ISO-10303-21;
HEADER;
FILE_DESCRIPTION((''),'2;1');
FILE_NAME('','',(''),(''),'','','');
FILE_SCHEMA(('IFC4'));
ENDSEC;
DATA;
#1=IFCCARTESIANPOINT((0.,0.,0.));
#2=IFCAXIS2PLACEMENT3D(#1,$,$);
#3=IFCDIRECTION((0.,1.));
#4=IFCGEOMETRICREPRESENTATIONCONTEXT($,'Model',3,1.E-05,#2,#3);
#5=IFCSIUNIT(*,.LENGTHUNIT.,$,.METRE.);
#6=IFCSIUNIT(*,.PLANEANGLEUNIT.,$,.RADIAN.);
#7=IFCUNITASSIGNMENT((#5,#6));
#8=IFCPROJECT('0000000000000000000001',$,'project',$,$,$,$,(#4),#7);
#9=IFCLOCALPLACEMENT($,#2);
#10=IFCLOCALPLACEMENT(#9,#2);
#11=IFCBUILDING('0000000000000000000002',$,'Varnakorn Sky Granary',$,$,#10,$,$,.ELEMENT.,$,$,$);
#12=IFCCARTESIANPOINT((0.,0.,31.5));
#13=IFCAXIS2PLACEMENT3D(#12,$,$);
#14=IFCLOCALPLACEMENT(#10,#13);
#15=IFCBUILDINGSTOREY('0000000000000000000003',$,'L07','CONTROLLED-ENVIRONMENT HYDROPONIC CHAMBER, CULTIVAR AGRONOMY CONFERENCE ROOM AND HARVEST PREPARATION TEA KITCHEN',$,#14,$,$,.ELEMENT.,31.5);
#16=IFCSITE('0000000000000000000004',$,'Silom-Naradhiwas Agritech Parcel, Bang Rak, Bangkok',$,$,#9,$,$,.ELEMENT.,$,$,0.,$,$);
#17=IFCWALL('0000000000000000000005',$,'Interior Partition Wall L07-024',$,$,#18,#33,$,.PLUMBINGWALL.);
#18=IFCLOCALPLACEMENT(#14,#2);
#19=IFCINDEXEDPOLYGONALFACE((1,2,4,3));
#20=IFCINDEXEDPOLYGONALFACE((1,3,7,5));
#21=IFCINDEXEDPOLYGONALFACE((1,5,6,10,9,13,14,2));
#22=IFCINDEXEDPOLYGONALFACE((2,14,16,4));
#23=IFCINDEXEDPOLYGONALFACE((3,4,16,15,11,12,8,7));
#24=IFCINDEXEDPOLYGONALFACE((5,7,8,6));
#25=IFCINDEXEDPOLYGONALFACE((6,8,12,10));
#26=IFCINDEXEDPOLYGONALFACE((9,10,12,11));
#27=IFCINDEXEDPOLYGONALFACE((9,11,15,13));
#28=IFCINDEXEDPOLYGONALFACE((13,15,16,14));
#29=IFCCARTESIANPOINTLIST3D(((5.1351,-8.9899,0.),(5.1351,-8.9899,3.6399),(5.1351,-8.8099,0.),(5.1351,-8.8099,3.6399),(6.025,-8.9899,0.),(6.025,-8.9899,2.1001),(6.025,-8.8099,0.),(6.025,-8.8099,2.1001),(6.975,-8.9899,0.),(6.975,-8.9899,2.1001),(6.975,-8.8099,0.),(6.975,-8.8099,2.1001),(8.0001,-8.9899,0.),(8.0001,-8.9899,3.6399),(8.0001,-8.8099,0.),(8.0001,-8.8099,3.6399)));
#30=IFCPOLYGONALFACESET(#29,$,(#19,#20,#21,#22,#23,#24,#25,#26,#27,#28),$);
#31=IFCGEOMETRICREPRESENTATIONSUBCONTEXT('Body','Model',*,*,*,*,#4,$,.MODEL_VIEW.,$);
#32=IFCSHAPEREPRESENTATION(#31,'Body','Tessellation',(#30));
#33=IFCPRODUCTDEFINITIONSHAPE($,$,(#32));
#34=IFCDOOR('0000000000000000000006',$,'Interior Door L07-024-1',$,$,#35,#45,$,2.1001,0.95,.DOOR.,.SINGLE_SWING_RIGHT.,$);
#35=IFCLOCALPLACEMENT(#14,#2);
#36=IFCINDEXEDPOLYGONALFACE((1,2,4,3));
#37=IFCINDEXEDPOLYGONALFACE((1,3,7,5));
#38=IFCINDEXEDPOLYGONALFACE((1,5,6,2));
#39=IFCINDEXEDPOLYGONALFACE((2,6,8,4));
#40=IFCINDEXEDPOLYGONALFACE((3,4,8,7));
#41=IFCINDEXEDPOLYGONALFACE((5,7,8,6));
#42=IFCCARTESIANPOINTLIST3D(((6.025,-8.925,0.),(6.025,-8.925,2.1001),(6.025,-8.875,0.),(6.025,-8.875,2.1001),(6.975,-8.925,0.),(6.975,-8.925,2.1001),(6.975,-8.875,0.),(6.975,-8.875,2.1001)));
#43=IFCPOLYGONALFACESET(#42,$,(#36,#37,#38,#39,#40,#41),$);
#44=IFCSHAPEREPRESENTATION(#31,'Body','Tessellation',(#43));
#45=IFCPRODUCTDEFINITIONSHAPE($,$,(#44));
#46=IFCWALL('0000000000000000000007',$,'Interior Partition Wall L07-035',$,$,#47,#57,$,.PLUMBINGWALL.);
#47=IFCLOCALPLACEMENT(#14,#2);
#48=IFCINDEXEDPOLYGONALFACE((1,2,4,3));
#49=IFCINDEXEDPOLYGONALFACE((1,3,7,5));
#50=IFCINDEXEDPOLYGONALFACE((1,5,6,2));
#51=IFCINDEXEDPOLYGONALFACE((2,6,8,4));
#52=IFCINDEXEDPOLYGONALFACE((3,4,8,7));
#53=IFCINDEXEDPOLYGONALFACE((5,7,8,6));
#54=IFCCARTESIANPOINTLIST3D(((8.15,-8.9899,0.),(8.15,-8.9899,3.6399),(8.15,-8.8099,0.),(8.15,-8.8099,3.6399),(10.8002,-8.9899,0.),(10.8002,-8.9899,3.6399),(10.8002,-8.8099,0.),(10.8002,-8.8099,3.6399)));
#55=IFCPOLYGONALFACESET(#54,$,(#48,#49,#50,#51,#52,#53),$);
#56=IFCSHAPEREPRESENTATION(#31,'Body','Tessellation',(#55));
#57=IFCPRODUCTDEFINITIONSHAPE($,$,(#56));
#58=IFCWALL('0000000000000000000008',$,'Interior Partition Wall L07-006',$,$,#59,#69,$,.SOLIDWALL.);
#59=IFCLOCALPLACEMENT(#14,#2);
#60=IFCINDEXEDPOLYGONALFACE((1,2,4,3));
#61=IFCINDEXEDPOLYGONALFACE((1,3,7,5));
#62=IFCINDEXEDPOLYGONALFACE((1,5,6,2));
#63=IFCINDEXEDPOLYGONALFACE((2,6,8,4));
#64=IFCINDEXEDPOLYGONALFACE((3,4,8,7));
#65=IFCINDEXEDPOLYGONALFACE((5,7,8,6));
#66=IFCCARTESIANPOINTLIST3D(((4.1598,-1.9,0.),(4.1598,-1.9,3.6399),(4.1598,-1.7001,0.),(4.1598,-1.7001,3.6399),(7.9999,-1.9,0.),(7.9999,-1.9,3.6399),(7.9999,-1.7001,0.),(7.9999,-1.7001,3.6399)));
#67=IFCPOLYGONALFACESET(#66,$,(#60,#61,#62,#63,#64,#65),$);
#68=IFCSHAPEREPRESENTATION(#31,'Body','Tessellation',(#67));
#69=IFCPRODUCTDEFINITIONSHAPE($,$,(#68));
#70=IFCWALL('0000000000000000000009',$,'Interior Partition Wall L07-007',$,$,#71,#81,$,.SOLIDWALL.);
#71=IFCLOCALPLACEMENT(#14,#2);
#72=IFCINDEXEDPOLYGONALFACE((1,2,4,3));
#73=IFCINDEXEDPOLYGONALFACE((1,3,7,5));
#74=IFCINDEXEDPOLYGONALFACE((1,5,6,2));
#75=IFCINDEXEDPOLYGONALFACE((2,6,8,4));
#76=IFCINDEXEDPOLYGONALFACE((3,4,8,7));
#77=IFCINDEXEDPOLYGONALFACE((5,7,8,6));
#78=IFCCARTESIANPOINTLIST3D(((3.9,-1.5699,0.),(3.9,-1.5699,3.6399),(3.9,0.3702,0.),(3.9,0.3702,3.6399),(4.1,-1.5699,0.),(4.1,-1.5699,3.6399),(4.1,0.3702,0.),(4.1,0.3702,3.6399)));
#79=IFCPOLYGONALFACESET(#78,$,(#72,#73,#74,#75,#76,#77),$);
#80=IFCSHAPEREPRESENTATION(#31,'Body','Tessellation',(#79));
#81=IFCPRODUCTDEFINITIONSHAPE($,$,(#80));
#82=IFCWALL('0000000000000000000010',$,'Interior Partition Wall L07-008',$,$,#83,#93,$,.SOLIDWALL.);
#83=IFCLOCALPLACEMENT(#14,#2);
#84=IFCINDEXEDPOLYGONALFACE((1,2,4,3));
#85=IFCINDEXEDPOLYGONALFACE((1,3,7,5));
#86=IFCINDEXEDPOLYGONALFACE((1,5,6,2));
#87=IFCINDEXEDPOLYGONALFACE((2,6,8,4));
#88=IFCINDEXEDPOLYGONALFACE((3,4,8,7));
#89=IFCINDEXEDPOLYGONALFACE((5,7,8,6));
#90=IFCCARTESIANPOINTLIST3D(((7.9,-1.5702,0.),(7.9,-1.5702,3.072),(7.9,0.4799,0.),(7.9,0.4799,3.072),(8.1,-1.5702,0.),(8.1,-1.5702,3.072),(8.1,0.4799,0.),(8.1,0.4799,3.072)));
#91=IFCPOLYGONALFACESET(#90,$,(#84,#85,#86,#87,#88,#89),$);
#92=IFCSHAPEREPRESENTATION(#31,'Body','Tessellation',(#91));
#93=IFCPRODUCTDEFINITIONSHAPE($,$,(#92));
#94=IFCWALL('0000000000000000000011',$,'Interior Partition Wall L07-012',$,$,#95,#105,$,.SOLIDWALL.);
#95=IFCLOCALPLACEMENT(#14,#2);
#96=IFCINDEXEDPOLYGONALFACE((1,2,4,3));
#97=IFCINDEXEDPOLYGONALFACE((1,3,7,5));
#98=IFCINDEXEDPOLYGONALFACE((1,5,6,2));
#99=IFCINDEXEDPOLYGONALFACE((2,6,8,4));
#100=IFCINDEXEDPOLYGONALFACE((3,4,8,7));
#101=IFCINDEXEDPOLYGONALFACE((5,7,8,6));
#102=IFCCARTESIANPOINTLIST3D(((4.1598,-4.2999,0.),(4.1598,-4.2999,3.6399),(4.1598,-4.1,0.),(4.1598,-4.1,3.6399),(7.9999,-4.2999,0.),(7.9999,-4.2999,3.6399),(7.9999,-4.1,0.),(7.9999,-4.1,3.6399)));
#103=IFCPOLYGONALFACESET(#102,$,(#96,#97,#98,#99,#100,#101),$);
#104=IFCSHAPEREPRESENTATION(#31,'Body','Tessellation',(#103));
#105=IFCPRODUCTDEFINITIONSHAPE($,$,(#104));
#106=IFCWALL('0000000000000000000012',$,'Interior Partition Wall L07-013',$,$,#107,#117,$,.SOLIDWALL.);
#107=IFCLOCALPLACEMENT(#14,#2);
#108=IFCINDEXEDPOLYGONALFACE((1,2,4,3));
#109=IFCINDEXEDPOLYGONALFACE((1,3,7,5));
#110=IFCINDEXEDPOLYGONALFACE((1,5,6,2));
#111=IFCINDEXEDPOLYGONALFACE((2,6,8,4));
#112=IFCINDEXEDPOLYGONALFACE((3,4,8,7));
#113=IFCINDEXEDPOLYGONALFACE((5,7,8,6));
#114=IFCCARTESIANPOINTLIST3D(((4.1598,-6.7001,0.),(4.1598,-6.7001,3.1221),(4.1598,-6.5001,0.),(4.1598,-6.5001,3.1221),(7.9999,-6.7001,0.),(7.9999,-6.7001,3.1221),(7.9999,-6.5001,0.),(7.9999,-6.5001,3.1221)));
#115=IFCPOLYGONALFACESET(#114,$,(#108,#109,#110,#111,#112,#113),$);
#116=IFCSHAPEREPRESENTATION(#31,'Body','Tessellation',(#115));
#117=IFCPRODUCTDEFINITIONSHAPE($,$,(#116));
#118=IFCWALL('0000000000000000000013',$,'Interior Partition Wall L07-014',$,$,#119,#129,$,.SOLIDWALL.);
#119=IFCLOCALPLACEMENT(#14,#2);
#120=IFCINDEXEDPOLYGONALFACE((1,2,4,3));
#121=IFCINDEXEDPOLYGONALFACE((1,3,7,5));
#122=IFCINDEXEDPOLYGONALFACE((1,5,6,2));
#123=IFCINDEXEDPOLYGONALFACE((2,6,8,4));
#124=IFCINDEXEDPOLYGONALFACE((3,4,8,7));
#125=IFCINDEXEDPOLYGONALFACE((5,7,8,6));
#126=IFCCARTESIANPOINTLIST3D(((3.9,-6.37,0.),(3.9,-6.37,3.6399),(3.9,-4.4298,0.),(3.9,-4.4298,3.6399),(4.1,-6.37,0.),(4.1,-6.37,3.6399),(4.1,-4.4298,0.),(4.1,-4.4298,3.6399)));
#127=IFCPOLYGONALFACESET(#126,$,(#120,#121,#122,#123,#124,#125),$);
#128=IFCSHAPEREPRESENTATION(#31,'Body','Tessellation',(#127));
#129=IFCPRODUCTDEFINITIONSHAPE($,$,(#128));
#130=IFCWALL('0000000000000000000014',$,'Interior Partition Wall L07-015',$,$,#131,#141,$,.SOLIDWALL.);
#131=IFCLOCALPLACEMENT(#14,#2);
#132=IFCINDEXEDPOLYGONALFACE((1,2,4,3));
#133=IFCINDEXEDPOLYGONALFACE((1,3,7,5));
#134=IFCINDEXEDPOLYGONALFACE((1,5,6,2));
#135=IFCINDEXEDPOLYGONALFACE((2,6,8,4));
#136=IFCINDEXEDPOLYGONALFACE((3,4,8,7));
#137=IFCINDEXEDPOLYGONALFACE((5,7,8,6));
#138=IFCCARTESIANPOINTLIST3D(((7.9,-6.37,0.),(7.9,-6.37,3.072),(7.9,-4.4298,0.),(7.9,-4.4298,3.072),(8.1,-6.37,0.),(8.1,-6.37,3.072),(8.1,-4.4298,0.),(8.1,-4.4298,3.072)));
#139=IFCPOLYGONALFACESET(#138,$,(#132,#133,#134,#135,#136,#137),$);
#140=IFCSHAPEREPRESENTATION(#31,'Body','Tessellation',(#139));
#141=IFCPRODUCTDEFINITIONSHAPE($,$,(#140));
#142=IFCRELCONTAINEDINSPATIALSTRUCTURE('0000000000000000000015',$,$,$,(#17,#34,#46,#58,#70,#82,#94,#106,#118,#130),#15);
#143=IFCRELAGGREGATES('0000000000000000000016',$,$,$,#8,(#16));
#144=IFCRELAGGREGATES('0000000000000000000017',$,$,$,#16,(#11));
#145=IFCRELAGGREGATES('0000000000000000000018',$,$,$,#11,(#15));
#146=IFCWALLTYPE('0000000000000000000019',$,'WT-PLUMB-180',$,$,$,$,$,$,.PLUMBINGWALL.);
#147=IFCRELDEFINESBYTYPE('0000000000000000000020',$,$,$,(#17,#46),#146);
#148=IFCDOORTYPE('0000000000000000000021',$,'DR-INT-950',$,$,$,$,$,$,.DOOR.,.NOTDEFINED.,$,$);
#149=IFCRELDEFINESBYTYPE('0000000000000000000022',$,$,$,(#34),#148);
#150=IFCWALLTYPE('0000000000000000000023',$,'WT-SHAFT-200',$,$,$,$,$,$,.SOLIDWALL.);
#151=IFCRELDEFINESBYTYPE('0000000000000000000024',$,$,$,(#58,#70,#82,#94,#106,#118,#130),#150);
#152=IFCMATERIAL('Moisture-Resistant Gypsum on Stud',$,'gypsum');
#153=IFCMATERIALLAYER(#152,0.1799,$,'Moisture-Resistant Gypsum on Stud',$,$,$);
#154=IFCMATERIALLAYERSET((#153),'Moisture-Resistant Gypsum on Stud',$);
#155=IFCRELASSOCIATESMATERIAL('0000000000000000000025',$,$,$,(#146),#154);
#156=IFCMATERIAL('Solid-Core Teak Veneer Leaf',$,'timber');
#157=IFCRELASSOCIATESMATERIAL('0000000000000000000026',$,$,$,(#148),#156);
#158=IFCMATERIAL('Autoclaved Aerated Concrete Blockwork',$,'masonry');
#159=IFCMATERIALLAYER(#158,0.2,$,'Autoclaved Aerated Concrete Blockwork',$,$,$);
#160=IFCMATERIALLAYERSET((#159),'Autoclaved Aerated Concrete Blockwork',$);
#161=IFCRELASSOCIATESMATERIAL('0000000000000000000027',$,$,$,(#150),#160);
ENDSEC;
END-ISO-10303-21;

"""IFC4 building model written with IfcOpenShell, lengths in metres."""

from ifc_helpers import new_model, si_unit, direction, frame, frame_2d, origin, place, context, subcontext, project, spatial, rectangle, extrude, material, layer, layer_set, type_object, element, fill, save


model = new_model("IFC4")

# Units and contexts
model_context = context("Model", 3, precision=1e-05, world=origin(), true_north=direction((0.0, 1.0)))
body_context = subcontext(model_context, "Body", "Model", "MODEL_VIEW")
ifc_project = project(units=[si_unit("LENGTHUNIT", "METRE"), si_unit("PLANEANGLEUNIT", "RADIAN")], contexts=[model_context])

# Site, building, storey
site_placement = place(None, origin())
site = spatial("IfcSite", under=ifc_project, at=site_placement, Name="Silom-Naradhiwas Agritech Parcel, Bang Rak, Bangkok", CompositionType="ELEMENT", RefElevation=0.0)
building_placement = place(site_placement, origin())
building = spatial("IfcBuilding", under=site, at=building_placement, Name="Varnakorn Sky Granary", CompositionType="ELEMENT")
storey_placement = place(building_placement, frame((0.0, 0.0, 31.5)))
storey = spatial("IfcBuildingStorey", under=building, at=storey_placement, Name="L07", Description="CONTROLLED-ENVIRONMENT HYDROPONIC CHAMBER, CULTIVAR AGRONOMY CONFERENCE ROOM AND HARVEST PREPARATION TEA KITCHEN", CompositionType="ELEMENT", Elevation=31.5)

# Shared definitions
ifc_material_1 = material(Name="Autoclaved Aerated Concrete Blockwork", Category="masonry")

# Wall, opening, door
ifc_material_2 = material(Name="Moisture-Resistant Gypsum on Stud", Category="gypsum")
ifc_layer_1 = layer(ifc_material_2, 0.1799, Name="Moisture-Resistant Gypsum on Stud")
ifc_layer_set_1 = layer_set([ifc_layer_1], Name="Moisture-Resistant Gypsum on Stud")
wall_type_1 = type_object("IfcWallType", Name="WT-PLUMB-180", PredefinedType="PLUMBINGWALL", material=ifc_layer_set_1)
wall_1_placement = place(storey_placement, frame((5.135, -8.8999, 0.0), z_axis=(0.0, 0.0, 1.0), x_axis=(1.0, 0.0, 0.0)))
wall_1 = element("IfcWall", 1, at=wall_1_placement, inside=storey, type_object=wall_type_1, Name="Interior Partition Wall L07-024", PredefinedType="PLUMBINGWALL", context=body_context, shape_type="SweptSolid", body=[
    extrude(rectangle(XDim=2.865, YDim=0.1799, at=frame_2d((1.4326, 0.0))), origin(), (0.0, 0.0, 1.0), 3.6399),
])
opening_1_placement = place(wall_1_placement, frame((0.8899, 0.0, 0.0)))
opening_1 = element("IfcOpeningElement", 2, at=opening_1_placement, cuts=wall_1, PredefinedType="OPENING", context=body_context, shape_type="SweptSolid", body=[
    extrude(rectangle(XDim=0.95, YDim=2.1001, at=frame_2d((0.4751, 1.05))), frame((0.0, 0.1001, 0.0), z_axis=(0.0, -1.0, 0.0), x_axis=(1.0, 0.0, 0.0)), (0.0, 0.0, 1.0), 0.2),
])
ifc_material_3 = material(Name="Solid-Core Teak Veneer Leaf", Category="timber")
door_type_1 = type_object("IfcDoorType", Name="DR-INT-950", OperationType="NOTDEFINED", PredefinedType="DOOR", material=ifc_material_3)
door_1_placement = place(opening_1_placement, origin())
door_1 = element("IfcDoor", 3, at=door_1_placement, inside=storey, type_object=door_type_1, Name="Interior Door L07-024-1", OperationType="SINGLE_SWING_RIGHT", OverallHeight=2.1001, OverallWidth=0.95, PredefinedType="DOOR", context=body_context, shape_type="SweptSolid", body=[
    extrude(rectangle(XDim=0.95, YDim=2.1001, at=frame_2d((0.4751, 1.05))), frame((0.0, 0.0249, 0.0), z_axis=(0.0, -1.0, 0.0), x_axis=(1.0, 0.0, 0.0)), (0.0, 0.0, 1.0), 0.05),
])
fill(opening_1, door_1)

# Walls
wall_2_placement = place(storey_placement, frame((8.1499, -8.8999, 0.0), z_axis=(0.0, 0.0, 1.0), x_axis=(1.0, 0.0, 0.0)))
element("IfcWall", 4, at=wall_2_placement, inside=storey, type_object=wall_type_1, Name="Interior Partition Wall L07-035", PredefinedType="PLUMBINGWALL", context=body_context, shape_type="SweptSolid", body=[
    extrude(rectangle(XDim=2.6501, YDim=0.1799, at=frame_2d((1.3252, 0.0))), origin(), (0.0, 0.0, 1.0), 3.6399),
])
ifc_layer_2 = layer(ifc_material_1, 0.2, Name="Autoclaved Aerated Concrete Blockwork")
ifc_layer_set_2 = layer_set([ifc_layer_2], Name="Autoclaved Aerated Concrete Blockwork")
wall_type_2 = type_object("IfcWallType", Name="WT-SHAFT-200", PredefinedType="SOLIDWALL", material=ifc_layer_set_2)
wall_3_placement = place(storey_placement, frame((4.1599, -1.8, 0.0), z_axis=(0.0, 0.0, 1.0), x_axis=(1.0, 0.0, 0.0)))
element("IfcWall", 5, at=wall_3_placement, inside=storey, type_object=wall_type_2, Name="Interior Partition Wall L07-006", PredefinedType="SOLIDWALL", context=body_context, shape_type="SweptSolid", body=[
    extrude(rectangle(XDim=3.8401, YDim=0.2, at=frame_2d((1.9199, 0.0))), origin(), (0.0, 0.0, 1.0), 3.6399),
])
wall_4_placement = place(storey_placement, frame((4.0, -1.5701, 0.0), z_axis=(0.0, 0.0, 1.0), x_axis=(0.0, 1.0, 0.0)))
element("IfcWall", 6, at=wall_4_placement, inside=storey, type_object=wall_type_2, Name="Interior Partition Wall L07-007", PredefinedType="SOLIDWALL", context=body_context, shape_type="SweptSolid", body=[
    extrude(rectangle(XDim=1.9402, YDim=0.2, at=frame_2d((0.9702, 0.0))), origin(), (0.0, 0.0, 1.0), 3.6399),
])
wall_5_placement = place(storey_placement, frame((8.0, -1.5701, 0.0), z_axis=(0.0, 0.0, 1.0), x_axis=(0.0, 1.0, 0.0)))
element("IfcWall", 7, at=wall_5_placement, inside=storey, type_object=wall_type_2, Name="Interior Partition Wall L07-008", PredefinedType="SOLIDWALL", context=body_context, shape_type="SweptSolid", body=[
    extrude(rectangle(XDim=2.05, YDim=0.2, at=frame_2d((1.0249, 0.0))), origin(), (0.0, 0.0, 1.0), 3.072),
])
wall_6_placement = place(storey_placement, frame((4.1599, -4.2, 0.0), z_axis=(0.0, 0.0, 1.0), x_axis=(1.0, 0.0, 0.0)))
element("IfcWall", 8, at=wall_6_placement, inside=storey, type_object=wall_type_2, Name="Interior Partition Wall L07-012", PredefinedType="SOLIDWALL", context=body_context, shape_type="SweptSolid", body=[
    extrude(rectangle(XDim=3.8401, YDim=0.2, at=frame_2d((1.9199, 0.0))), origin(), (0.0, 0.0, 1.0), 3.6399),
])
wall_7_placement = place(storey_placement, frame((4.1599, -6.6001, 0.0), z_axis=(0.0, 0.0, 1.0), x_axis=(1.0, 0.0, 0.0)))
element("IfcWall", 9, at=wall_7_placement, inside=storey, type_object=wall_type_2, Name="Interior Partition Wall L07-013", PredefinedType="SOLIDWALL", context=body_context, shape_type="SweptSolid", body=[
    extrude(rectangle(XDim=3.8401, YDim=0.2, at=frame_2d((1.9199, 0.0))), origin(), (0.0, 0.0, 1.0), 3.1221),
])
wall_8_placement = place(storey_placement, frame((4.0, -6.3701, 0.0), z_axis=(0.0, 0.0, 1.0), x_axis=(0.0, 1.0, 0.0)))
element("IfcWall", 10, at=wall_8_placement, inside=storey, type_object=wall_type_2, Name="Interior Partition Wall L07-014", PredefinedType="SOLIDWALL", context=body_context, shape_type="SweptSolid", body=[
    extrude(rectangle(XDim=1.9402, YDim=0.2, at=frame_2d((0.9702, 0.0))), origin(), (0.0, 0.0, 1.0), 3.6399),
])
wall_9_placement = place(storey_placement, frame((8.0, -6.3701, 0.0), z_axis=(0.0, 0.0, 1.0), x_axis=(0.0, 1.0, 0.0)))
element("IfcWall", 11, at=wall_9_placement, inside=storey, type_object=wall_type_2, Name="Interior Partition Wall L07-015", PredefinedType="SOLIDWALL", context=body_context, shape_type="SweptSolid", body=[
    extrude(rectangle(XDim=1.9402, YDim=0.2, at=frame_2d((0.9702, 0.0))), origin(), (0.0, 0.0, 1.0), 3.072),
])

save(model, "model.ifc")
